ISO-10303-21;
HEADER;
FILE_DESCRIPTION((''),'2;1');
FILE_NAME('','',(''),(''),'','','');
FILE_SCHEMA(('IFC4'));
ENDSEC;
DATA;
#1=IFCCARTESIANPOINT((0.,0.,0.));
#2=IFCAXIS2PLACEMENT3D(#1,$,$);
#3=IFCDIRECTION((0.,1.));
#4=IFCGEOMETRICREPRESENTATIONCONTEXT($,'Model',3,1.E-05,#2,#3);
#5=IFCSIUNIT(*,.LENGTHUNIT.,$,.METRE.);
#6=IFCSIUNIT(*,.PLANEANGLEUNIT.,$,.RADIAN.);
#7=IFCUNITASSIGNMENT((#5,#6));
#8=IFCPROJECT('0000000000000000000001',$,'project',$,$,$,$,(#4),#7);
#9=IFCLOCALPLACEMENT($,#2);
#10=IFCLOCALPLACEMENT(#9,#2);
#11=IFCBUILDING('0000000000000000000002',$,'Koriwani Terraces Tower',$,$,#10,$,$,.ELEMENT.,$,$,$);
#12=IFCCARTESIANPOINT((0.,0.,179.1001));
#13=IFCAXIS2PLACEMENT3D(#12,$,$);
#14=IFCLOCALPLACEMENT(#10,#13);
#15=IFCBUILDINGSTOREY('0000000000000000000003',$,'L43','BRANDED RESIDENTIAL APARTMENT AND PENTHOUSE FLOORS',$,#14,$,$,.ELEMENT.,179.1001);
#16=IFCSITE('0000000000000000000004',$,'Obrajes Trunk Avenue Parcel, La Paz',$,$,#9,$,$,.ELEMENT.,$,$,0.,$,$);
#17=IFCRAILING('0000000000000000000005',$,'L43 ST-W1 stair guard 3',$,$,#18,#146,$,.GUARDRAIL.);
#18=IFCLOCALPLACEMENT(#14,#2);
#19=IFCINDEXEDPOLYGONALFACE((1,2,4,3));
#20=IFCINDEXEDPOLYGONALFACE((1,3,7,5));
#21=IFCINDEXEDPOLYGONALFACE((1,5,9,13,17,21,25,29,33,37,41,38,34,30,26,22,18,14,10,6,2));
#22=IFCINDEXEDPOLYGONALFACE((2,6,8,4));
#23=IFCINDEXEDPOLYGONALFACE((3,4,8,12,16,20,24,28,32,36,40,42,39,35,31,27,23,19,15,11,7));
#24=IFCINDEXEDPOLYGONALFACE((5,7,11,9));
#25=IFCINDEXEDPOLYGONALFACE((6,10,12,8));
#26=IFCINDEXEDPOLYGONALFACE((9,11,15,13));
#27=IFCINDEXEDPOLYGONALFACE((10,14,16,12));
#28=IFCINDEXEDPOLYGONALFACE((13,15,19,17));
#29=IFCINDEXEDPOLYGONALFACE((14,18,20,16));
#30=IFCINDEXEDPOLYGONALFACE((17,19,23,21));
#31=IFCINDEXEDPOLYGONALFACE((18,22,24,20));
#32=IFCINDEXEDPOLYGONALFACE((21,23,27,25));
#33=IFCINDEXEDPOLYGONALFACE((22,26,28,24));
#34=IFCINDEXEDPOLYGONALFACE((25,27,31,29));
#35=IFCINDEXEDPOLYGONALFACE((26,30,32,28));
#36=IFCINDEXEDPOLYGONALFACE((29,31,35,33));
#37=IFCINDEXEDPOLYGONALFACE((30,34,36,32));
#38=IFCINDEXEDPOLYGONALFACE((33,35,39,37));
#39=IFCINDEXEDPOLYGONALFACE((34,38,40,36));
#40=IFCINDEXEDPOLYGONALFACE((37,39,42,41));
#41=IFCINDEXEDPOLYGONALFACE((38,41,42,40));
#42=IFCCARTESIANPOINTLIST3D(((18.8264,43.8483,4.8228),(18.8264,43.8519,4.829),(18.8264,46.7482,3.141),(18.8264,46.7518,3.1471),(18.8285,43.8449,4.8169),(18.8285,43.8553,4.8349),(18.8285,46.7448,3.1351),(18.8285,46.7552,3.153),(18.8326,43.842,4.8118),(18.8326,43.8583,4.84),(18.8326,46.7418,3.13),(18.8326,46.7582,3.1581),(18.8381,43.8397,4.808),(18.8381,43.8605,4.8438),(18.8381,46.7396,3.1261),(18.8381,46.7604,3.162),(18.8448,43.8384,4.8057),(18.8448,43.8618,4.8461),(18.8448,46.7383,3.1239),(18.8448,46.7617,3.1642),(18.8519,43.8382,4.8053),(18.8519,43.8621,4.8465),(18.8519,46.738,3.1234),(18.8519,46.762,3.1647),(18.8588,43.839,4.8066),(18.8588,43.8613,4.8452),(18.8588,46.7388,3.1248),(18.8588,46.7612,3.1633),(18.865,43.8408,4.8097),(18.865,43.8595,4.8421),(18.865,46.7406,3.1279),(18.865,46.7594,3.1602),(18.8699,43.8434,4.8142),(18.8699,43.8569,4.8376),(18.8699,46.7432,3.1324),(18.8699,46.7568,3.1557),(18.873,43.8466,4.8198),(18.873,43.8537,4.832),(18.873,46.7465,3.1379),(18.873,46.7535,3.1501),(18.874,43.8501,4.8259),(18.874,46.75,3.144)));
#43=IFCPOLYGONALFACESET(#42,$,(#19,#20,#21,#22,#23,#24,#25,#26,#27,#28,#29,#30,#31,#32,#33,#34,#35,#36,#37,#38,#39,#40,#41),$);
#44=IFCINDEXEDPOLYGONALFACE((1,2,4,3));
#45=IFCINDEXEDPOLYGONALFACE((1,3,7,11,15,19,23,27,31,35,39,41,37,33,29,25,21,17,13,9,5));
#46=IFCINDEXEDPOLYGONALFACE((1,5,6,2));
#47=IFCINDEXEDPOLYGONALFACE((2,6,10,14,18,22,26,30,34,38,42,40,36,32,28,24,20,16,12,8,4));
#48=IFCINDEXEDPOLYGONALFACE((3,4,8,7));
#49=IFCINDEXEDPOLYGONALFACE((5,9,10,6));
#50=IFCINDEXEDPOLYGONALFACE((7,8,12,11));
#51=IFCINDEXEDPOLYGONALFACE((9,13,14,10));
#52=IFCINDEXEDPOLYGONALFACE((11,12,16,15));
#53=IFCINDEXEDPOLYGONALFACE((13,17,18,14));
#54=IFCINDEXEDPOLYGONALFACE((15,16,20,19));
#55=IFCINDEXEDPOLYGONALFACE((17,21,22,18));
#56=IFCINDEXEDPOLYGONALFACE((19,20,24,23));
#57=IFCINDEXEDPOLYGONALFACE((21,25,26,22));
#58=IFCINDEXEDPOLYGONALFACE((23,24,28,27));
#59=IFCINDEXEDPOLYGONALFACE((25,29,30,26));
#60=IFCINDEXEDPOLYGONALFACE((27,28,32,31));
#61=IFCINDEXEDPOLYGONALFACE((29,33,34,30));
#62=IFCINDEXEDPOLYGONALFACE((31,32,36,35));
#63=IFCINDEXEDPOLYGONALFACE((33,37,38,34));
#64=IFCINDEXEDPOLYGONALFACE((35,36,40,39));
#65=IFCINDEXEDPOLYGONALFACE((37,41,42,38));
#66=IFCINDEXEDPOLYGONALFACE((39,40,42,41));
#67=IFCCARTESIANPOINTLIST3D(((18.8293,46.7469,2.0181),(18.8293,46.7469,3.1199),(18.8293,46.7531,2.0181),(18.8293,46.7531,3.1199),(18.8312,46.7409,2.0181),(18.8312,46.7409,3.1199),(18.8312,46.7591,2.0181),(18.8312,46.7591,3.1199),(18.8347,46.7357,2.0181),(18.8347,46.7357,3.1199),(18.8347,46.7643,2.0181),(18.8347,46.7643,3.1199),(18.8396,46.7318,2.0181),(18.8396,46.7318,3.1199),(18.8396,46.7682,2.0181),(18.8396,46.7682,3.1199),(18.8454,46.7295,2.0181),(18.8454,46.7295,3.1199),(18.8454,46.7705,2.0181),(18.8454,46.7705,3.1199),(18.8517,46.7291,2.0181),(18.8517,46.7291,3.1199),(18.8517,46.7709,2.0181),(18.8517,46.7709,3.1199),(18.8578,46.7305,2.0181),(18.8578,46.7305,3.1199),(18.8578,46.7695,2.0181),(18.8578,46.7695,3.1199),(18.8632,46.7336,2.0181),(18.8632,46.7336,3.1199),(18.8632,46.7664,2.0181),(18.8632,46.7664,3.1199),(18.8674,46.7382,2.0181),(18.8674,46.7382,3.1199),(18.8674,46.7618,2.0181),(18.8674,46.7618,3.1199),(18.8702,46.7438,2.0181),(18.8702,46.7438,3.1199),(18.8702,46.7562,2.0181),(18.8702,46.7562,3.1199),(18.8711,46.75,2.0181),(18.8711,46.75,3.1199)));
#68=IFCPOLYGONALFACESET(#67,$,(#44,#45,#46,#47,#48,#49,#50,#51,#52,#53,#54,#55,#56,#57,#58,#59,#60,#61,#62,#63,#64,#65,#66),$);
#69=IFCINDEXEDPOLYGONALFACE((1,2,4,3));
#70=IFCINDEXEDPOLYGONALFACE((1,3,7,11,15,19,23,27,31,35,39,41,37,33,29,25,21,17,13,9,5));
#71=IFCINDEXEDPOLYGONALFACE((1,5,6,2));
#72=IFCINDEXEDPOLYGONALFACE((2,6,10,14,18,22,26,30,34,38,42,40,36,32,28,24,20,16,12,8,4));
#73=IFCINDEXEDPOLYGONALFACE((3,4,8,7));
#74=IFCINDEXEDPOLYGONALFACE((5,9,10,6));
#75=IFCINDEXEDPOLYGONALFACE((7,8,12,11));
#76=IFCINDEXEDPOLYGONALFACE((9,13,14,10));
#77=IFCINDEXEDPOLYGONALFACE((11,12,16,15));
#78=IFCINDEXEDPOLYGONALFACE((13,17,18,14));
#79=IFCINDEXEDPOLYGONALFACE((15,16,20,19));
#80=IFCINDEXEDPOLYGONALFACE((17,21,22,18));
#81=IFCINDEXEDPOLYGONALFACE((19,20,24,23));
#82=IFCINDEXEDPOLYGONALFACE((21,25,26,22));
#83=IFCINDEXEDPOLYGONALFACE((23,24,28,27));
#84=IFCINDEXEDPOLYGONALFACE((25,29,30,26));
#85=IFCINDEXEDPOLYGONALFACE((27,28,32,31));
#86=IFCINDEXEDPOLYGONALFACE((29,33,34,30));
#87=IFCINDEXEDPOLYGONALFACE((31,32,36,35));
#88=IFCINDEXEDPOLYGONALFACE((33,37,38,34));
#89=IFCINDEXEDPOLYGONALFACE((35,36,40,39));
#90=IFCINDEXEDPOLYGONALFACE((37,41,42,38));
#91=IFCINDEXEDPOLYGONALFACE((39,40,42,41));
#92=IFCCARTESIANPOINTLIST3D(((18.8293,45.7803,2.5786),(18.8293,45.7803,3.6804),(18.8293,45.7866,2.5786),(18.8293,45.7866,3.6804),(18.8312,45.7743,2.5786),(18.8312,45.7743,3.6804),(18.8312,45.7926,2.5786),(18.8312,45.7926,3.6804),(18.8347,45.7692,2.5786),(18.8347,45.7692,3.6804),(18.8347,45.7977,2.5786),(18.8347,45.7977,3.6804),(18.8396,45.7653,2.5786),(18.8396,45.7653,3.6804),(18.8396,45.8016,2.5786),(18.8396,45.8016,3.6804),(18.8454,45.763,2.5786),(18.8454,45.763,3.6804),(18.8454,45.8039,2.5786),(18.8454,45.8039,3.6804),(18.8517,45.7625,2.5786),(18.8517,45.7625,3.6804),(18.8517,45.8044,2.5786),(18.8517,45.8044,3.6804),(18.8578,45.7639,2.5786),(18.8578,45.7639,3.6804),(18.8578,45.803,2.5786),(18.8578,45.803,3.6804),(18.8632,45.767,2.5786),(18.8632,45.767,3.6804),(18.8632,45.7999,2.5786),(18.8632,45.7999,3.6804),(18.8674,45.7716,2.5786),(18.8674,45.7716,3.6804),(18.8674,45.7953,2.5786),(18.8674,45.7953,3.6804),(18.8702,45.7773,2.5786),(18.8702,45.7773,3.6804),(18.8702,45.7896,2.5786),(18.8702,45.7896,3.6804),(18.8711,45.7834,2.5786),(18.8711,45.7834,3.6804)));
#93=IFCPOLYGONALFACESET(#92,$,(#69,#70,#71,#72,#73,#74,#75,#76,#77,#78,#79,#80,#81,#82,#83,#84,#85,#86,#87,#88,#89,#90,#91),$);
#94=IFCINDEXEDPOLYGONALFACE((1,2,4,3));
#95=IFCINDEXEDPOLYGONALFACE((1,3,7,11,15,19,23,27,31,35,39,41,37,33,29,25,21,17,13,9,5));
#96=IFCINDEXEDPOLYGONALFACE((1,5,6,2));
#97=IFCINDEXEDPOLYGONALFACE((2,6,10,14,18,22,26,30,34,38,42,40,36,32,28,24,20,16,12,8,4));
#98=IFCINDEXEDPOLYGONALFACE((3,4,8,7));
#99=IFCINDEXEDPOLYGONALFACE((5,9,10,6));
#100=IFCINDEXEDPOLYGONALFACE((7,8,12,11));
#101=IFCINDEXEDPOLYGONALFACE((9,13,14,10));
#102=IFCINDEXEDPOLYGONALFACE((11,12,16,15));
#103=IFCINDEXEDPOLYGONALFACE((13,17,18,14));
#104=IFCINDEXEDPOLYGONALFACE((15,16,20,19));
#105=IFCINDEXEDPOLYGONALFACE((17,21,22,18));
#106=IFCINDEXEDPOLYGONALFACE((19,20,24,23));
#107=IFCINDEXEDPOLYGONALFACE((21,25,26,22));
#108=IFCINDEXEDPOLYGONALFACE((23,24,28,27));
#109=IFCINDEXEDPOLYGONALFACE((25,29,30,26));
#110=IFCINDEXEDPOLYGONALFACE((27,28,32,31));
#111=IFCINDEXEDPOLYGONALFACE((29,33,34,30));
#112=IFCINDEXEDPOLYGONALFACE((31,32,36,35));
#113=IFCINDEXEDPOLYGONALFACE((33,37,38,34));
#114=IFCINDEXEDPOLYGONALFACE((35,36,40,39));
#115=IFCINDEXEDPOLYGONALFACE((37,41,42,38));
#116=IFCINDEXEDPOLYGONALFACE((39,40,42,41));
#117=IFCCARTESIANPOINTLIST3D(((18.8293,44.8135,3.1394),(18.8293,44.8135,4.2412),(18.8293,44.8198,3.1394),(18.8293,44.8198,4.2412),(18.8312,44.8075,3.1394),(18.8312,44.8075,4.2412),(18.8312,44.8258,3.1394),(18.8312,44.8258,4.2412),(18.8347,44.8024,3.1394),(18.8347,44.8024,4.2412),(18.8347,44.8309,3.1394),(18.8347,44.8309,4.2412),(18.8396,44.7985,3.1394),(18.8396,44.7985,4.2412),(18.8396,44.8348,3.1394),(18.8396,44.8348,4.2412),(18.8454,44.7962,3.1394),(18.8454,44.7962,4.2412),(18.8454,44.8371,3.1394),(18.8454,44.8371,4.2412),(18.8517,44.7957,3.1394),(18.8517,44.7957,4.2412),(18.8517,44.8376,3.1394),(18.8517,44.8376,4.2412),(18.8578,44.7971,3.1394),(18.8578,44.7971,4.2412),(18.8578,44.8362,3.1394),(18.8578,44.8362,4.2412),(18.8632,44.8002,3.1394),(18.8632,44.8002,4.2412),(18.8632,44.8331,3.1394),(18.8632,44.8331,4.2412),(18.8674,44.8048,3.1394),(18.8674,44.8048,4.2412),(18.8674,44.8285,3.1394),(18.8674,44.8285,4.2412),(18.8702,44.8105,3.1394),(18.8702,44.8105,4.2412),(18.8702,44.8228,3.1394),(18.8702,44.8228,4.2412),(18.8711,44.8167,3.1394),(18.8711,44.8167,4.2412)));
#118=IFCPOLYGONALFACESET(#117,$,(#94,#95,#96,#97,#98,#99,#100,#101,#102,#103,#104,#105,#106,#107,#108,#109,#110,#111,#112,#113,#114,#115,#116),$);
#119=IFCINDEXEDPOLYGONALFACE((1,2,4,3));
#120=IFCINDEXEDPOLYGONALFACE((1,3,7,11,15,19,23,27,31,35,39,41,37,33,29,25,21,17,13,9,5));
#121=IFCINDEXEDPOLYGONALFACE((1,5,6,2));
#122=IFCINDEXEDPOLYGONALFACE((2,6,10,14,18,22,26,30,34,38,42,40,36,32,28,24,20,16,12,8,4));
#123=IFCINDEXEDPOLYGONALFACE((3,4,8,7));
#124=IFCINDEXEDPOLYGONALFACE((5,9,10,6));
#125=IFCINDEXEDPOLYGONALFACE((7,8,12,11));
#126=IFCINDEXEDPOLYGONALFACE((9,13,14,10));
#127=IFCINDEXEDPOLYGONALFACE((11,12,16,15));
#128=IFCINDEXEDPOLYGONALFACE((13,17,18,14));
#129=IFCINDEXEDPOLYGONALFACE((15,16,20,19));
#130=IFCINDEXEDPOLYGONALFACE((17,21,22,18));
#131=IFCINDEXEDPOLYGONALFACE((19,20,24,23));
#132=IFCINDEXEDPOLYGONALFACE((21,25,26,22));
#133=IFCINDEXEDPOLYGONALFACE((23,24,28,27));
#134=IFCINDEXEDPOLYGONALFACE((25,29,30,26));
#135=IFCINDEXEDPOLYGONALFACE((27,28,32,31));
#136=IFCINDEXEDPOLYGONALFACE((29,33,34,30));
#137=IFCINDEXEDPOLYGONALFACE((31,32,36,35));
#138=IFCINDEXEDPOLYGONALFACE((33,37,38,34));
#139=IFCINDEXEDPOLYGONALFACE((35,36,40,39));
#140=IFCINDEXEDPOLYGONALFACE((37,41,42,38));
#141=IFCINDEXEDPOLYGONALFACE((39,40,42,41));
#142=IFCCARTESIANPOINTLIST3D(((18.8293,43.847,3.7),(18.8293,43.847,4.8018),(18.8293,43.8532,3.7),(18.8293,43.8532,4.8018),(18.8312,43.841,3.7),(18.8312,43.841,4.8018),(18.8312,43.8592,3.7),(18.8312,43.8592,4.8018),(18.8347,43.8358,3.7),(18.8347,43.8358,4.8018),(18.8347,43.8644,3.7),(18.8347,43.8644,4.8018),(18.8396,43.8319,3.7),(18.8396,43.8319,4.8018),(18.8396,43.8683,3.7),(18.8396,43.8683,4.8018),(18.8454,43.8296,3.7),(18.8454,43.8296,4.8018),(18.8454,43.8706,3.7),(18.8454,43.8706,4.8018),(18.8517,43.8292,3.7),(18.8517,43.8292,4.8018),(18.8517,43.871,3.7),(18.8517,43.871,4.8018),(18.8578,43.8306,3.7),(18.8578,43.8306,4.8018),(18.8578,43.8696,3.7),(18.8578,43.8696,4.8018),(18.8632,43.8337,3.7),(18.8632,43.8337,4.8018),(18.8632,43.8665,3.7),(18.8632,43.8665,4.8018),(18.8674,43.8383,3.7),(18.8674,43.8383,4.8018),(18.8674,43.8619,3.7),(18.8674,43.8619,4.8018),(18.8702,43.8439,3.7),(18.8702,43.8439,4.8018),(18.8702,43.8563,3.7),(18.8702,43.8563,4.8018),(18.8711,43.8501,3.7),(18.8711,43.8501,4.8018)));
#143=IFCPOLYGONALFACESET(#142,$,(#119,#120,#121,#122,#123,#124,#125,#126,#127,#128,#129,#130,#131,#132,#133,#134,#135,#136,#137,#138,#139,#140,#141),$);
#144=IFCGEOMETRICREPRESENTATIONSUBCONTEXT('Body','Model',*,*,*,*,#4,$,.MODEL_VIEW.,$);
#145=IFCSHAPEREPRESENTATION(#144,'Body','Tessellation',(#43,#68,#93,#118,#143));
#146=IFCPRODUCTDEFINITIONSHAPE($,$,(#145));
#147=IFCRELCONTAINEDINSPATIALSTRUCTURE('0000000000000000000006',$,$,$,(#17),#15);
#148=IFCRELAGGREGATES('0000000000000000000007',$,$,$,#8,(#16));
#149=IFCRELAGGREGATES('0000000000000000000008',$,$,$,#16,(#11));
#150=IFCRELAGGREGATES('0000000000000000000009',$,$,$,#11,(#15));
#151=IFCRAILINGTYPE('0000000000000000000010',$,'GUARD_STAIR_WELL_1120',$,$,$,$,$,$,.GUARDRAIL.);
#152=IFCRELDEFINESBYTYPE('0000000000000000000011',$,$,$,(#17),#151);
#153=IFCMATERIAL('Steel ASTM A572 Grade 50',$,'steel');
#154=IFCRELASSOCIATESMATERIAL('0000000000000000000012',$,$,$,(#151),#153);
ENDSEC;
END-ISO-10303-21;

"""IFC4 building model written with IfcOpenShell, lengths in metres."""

from ifc_helpers import new_model, si_unit, direction, frame, origin, origin_2d, place, context, subcontext, project, spatial, circle, extrude, material, type_object, element, save


model = new_model("IFC4")

# Units and contexts
model_context = context("Model", 3, precision=1e-05, world=origin(), true_north=direction((0.0, 1.0)))
body_context = subcontext(model_context, "Body", "Model", "MODEL_VIEW")
ifc_project = project(units=[si_unit("LENGTHUNIT", "METRE"), si_unit("PLANEANGLEUNIT", "RADIAN")], contexts=[model_context])

# Site, building, storey
site_placement = place(None, origin())
site = spatial("IfcSite", under=ifc_project, at=site_placement, Name="Obrajes Trunk Avenue Parcel, La Paz", CompositionType="ELEMENT", RefElevation=0.0)
building_placement = place(site_placement, origin())
building = spatial("IfcBuilding", under=site, at=building_placement, Name="Koriwani Terraces Tower", CompositionType="ELEMENT")
storey_placement = place(building_placement, frame((0.0, 0.0, 179.1001)))
storey = spatial("IfcBuildingStorey", under=building, at=storey_placement, Name="L43", Description="BRANDED RESIDENTIAL APARTMENT AND PENTHOUSE FLOORS", CompositionType="ELEMENT", Elevation=179.1001)

# Shared definitions
ifc_material_1 = material(Name="Steel ASTM A572 Grade 50", Category="steel")

# Railing
railing_type_1 = type_object("IfcRailingType", Name="GUARD_STAIR_WELL_1120", PredefinedType="GUARDRAIL", material=ifc_material_1)
railing_1_placement = place(storey_placement, frame((18.8501, 46.75, 2.0181)))
element("IfcRailing", 1, at=railing_1_placement, inside=storey, type_object=railing_type_1, Name="L43 ST-W1 stair guard 3", PredefinedType="GUARDRAIL", context=body_context, shape_type="SweptSolid", body=[
    extrude(circle(Radius=0.0239, at=origin_2d()), frame((0.0, 0.0, 1.126), z_axis=(0.0, -0.865039, 0.501705), x_axis=(1.0, 0.0, 0.0)), (0.0, 0.0, 1.0), 3.3523),
    extrude(circle(Radius=0.021, at=origin_2d()), origin(), (0.0, 0.0, 1.0), 1.1018),
    extrude(circle(Radius=0.021, at=origin_2d()), frame((0.0, -0.9666, 0.5605)), (0.0, 0.0, 1.0), 1.1018),
    extrude(circle(Radius=0.021, at=origin_2d()), frame((0.0, -1.9333, 1.1213)), (0.0, 0.0, 1.0), 1.1018),
    extrude(circle(Radius=0.021, at=origin_2d()), frame((0.0, -2.8999, 1.6819)), (0.0, 0.0, 1.0), 1.1018),
])

save(model, "model.ifc")
